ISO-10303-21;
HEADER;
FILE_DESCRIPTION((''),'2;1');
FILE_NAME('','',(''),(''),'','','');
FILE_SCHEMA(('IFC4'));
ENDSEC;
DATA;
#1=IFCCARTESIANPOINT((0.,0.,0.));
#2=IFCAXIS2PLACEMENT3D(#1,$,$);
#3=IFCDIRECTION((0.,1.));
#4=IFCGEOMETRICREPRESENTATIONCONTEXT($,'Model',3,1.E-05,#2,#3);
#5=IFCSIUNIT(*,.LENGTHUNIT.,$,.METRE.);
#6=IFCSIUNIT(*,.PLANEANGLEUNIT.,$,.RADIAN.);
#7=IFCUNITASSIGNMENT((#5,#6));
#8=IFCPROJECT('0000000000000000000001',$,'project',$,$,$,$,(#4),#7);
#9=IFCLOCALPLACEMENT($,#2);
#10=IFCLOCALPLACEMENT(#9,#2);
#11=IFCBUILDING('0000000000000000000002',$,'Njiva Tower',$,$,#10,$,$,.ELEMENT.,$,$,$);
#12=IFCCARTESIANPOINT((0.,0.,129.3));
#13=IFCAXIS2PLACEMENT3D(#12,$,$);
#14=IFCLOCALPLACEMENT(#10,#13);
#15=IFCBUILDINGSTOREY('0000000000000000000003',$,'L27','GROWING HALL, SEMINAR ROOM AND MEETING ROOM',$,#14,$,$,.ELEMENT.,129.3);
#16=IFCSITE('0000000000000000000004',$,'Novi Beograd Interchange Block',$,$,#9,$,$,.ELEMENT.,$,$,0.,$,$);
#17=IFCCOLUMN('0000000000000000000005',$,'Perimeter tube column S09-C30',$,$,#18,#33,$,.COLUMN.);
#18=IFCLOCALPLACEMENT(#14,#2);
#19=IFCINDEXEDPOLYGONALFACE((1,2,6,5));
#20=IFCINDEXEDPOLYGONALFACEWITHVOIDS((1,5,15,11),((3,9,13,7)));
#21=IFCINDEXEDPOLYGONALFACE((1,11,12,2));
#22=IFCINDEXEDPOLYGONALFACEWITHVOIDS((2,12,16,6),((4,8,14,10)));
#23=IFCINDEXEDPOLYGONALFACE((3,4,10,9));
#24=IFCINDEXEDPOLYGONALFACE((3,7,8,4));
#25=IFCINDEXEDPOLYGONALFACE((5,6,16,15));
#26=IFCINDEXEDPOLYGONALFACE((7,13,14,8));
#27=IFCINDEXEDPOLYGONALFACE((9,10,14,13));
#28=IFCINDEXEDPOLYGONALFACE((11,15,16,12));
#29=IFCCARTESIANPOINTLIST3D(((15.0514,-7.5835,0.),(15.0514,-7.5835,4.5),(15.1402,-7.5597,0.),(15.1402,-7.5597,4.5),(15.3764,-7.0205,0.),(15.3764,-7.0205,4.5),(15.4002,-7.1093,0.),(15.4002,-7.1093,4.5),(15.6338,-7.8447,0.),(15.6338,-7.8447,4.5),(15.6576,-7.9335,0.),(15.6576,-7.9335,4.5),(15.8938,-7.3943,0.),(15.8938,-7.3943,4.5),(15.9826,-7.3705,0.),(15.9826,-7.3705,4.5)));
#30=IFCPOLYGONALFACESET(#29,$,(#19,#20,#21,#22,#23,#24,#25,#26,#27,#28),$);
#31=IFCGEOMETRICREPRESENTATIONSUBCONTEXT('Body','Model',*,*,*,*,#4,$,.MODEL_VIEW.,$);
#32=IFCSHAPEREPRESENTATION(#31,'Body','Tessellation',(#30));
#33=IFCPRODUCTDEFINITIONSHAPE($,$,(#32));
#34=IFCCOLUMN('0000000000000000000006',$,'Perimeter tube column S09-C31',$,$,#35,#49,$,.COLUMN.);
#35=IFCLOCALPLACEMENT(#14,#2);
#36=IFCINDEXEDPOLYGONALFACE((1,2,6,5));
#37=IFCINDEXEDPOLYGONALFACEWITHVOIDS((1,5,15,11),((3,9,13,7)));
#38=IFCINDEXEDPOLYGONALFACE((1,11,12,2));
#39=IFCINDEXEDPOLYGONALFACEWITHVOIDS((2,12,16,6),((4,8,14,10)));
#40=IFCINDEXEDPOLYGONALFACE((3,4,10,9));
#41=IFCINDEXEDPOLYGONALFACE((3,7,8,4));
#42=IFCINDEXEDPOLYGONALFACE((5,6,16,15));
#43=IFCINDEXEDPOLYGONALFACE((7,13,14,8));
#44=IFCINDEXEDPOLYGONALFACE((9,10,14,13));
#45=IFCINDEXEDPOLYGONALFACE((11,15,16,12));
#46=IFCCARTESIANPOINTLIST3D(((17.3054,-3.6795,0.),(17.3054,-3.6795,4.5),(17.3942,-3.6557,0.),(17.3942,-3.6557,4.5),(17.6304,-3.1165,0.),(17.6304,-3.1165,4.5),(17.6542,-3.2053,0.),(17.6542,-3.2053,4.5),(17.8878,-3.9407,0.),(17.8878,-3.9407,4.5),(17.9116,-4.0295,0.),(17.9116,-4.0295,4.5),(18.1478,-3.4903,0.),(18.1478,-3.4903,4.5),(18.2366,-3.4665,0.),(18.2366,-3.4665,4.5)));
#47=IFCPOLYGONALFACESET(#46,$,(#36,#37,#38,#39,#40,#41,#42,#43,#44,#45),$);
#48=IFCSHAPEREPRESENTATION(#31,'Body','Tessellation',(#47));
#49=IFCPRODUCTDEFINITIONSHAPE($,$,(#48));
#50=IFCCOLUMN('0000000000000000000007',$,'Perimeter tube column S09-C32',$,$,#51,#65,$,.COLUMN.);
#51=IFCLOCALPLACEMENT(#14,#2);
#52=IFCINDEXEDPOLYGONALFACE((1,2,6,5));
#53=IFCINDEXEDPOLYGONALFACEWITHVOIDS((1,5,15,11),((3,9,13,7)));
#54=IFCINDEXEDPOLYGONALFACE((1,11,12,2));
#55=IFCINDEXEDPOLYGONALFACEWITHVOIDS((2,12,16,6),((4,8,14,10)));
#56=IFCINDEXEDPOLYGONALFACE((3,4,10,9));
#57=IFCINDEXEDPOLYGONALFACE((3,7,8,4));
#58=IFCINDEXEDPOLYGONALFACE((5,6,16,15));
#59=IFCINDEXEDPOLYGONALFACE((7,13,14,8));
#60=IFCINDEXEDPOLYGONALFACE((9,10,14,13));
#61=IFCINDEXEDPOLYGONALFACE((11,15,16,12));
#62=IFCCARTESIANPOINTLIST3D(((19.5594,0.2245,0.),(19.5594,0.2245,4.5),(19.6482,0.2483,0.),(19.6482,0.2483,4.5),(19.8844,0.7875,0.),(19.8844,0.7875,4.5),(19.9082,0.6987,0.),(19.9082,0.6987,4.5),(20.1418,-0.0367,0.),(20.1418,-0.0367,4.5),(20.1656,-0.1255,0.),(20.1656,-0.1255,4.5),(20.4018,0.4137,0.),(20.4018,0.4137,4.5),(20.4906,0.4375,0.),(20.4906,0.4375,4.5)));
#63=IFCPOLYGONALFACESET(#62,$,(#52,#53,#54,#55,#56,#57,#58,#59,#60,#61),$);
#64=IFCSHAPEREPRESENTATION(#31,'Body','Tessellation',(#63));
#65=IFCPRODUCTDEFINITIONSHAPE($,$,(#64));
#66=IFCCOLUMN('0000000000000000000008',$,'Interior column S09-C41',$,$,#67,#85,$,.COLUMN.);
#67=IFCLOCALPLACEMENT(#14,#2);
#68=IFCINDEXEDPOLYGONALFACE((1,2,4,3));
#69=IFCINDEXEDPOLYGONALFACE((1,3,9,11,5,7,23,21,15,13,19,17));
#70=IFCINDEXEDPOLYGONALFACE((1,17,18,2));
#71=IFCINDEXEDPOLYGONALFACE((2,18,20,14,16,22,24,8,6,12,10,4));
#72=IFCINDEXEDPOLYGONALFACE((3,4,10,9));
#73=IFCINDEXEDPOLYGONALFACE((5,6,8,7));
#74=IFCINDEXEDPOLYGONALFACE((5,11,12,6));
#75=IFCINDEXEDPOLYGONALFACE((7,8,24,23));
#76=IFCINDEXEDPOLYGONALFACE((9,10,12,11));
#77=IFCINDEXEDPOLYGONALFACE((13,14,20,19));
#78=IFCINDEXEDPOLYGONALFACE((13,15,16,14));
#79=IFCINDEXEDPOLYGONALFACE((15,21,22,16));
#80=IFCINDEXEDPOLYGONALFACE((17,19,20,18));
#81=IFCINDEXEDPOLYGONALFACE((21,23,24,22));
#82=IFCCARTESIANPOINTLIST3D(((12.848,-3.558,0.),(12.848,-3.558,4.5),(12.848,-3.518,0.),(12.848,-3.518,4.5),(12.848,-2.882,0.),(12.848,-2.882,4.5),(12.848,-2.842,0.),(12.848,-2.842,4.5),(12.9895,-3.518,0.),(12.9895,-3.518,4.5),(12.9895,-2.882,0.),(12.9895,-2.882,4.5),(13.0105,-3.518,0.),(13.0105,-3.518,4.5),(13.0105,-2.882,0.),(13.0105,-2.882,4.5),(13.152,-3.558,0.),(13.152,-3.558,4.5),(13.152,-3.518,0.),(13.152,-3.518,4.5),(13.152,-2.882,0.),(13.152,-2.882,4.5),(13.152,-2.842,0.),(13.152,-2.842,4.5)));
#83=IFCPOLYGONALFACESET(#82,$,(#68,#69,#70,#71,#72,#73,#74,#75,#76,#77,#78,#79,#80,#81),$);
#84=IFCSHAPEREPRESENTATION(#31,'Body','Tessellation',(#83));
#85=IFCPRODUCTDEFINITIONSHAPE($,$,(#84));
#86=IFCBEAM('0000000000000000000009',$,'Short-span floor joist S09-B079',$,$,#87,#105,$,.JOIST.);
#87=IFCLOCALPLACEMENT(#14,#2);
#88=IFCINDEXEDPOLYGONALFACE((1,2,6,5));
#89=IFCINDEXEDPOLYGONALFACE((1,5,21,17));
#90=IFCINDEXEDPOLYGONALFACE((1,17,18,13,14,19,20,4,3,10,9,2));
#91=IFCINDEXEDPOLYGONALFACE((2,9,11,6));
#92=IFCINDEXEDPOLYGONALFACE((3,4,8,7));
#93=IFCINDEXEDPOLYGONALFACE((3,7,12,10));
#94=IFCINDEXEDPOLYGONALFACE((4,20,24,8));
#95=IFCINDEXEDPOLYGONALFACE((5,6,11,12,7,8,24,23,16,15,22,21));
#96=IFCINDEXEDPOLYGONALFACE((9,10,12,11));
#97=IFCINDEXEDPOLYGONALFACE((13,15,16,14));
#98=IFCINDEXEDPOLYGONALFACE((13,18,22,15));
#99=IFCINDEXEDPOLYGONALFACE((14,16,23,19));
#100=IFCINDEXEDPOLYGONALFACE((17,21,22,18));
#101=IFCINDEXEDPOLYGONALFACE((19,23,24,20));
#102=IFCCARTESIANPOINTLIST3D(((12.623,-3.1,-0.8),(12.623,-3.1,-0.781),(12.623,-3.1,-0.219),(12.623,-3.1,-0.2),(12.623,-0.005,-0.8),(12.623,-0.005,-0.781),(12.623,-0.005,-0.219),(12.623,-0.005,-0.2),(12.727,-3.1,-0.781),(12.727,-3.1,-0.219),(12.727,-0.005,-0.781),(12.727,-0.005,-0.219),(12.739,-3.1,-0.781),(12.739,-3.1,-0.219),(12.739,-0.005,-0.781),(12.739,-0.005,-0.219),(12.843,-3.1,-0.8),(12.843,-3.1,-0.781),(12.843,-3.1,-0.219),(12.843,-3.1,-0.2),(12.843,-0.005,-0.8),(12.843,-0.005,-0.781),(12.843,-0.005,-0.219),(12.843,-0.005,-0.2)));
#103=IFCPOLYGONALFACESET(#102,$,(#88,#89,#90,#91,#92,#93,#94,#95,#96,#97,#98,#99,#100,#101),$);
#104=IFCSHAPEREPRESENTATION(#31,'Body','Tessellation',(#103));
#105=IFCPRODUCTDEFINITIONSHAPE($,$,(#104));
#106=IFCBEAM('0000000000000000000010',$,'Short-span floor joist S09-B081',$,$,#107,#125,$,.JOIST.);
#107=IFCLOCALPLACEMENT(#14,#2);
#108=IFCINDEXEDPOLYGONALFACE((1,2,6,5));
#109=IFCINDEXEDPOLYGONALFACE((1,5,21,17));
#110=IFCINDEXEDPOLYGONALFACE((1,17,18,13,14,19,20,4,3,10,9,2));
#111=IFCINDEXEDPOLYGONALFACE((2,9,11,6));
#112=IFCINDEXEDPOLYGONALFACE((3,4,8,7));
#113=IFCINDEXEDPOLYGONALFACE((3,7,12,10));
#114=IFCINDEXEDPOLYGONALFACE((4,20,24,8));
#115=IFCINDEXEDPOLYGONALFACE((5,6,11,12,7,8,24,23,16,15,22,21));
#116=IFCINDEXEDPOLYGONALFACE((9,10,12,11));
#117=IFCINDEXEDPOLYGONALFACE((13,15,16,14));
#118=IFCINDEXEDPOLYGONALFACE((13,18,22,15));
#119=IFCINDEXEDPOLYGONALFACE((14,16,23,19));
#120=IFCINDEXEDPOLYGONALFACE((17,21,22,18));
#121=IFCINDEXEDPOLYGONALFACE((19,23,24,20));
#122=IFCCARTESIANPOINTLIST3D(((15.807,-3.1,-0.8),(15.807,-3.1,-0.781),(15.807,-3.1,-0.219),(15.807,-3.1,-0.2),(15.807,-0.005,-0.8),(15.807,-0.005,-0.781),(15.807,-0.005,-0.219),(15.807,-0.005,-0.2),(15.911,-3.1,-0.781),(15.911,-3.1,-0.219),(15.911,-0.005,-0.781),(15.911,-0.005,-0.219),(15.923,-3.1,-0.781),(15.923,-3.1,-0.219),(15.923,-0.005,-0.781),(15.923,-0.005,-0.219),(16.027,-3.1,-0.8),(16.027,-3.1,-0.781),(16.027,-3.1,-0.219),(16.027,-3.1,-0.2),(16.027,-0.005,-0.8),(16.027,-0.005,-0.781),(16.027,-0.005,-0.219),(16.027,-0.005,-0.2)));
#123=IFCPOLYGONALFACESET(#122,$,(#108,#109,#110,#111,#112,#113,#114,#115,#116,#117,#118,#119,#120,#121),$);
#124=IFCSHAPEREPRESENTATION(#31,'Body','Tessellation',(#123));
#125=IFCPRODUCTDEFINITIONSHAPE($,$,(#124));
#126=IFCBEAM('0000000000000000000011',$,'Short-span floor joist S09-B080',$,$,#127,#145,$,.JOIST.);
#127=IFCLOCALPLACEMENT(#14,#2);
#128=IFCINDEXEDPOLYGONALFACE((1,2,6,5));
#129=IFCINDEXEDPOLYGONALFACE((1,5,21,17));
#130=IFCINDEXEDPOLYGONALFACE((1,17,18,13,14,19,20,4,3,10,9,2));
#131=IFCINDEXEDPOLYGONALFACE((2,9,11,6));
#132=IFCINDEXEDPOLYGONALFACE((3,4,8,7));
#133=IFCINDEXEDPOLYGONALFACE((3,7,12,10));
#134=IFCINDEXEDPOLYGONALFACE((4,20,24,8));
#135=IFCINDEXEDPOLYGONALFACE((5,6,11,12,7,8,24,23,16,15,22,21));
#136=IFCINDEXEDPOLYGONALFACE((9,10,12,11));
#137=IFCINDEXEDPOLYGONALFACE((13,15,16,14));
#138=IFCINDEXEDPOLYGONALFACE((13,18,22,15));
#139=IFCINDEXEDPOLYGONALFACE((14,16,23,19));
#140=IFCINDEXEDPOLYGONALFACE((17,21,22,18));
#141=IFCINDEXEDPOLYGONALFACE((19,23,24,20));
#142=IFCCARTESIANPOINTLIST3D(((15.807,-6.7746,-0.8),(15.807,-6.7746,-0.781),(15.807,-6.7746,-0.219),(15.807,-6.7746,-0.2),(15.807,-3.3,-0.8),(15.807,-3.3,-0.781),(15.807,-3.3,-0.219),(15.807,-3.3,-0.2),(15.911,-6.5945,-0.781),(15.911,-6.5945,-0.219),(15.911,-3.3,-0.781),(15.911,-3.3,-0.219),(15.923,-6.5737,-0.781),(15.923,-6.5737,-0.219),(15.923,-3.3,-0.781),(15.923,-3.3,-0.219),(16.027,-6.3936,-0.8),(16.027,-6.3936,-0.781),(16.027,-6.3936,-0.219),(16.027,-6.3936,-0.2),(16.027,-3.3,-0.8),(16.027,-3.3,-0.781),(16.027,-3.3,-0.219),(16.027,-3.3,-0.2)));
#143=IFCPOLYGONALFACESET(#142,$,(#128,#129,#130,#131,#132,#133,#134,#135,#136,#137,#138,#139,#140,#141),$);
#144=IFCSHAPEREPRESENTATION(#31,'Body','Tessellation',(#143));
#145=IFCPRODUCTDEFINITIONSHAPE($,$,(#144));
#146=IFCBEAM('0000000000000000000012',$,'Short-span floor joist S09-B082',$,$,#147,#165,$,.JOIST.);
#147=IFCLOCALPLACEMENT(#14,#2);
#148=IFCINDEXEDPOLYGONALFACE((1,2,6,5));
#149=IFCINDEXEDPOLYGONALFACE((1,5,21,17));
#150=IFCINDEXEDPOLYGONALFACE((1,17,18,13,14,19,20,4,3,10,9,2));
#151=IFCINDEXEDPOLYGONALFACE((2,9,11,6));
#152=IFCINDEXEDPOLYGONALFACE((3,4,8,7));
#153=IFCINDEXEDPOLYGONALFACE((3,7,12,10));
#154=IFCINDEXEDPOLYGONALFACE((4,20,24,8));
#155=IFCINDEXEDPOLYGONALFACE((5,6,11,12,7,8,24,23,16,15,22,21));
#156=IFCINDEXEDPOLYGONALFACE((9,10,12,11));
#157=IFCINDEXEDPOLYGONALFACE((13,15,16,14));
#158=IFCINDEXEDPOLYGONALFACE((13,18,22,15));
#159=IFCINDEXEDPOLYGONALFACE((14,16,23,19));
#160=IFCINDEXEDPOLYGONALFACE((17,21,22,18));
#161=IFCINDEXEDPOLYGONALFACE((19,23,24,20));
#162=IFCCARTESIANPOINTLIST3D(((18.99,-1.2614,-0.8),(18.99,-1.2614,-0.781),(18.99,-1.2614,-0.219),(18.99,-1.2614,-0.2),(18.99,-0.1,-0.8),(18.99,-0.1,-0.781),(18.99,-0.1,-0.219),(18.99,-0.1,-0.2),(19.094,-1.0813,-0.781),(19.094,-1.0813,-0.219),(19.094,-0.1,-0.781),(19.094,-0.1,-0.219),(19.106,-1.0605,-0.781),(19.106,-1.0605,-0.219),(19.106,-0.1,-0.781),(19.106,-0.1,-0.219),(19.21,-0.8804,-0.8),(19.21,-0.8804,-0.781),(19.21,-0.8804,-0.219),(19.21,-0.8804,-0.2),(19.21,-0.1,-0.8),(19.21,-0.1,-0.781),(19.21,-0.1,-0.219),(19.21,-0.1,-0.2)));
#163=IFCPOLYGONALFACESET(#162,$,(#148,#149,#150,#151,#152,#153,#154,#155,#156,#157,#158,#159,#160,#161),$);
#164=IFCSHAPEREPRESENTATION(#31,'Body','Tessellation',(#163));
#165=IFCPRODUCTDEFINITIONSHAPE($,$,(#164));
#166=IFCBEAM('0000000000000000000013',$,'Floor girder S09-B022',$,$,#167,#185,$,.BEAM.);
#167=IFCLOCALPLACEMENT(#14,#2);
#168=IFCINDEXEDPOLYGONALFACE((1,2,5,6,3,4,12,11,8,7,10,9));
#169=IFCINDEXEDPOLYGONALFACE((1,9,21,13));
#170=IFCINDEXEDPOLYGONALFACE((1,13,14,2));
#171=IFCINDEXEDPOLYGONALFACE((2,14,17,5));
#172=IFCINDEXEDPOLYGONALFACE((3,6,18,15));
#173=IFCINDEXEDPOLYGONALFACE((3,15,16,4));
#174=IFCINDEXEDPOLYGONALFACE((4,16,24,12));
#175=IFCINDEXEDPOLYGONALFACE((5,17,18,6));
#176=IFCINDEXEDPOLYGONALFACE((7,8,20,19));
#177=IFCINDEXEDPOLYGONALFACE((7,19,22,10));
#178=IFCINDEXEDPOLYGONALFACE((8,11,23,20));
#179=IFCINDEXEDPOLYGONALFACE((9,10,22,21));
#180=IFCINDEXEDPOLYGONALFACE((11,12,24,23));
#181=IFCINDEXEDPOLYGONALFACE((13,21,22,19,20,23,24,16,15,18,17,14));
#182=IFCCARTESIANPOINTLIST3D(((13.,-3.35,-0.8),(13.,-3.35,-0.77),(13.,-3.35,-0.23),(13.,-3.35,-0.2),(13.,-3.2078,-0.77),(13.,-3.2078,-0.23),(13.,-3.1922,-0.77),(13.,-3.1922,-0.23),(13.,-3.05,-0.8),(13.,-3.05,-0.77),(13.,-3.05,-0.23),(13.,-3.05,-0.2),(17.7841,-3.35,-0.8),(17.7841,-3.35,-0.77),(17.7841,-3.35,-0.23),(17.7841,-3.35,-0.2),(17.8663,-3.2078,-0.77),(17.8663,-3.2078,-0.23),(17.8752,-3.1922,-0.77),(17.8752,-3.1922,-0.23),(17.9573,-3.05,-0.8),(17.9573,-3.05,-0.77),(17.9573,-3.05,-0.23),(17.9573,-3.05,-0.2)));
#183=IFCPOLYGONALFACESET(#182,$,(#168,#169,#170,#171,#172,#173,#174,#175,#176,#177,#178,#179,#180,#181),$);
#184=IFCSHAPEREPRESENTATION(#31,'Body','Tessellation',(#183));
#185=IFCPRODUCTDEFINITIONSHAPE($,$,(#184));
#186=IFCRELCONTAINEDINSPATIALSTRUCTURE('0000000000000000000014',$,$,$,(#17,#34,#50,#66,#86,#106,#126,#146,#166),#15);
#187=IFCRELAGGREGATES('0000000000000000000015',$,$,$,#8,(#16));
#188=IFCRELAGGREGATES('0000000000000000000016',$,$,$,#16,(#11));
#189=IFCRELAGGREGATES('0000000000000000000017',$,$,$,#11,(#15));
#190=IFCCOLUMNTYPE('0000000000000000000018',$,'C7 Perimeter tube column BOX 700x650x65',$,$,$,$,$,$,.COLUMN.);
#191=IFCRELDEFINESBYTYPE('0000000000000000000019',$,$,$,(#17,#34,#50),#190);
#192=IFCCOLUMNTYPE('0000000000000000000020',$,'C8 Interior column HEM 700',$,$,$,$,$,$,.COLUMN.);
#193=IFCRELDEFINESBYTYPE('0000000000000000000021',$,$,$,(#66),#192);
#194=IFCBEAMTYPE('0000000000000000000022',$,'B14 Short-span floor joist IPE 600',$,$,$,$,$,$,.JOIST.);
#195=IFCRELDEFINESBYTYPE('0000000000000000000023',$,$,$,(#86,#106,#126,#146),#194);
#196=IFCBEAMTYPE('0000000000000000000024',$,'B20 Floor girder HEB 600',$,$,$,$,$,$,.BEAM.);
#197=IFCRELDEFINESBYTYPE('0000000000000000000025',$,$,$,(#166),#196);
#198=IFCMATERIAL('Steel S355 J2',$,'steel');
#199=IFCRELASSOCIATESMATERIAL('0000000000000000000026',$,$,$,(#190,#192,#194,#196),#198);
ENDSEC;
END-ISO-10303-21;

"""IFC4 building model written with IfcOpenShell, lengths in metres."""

from ifc_helpers import new_model, si_unit, direction, frame, origin, origin_2d, place, context, subcontext, project, spatial, hollow_rectangle, i_section, extrude, clip, halfspace, material, material_profile, profile_set, type_object, element, save


model = new_model("IFC4")

# Units and contexts
model_context = context("Model", 3, precision=1e-05, world=origin(), true_north=direction((0.0, 1.0)))
body_context = subcontext(model_context, "Body", "Model", "MODEL_VIEW")
ifc_project = project(units=[si_unit("LENGTHUNIT", "METRE"), si_unit("PLANEANGLEUNIT", "RADIAN")], contexts=[model_context])

# Site, building, storey
site_placement = place(None, origin())
site = spatial("IfcSite", under=ifc_project, at=site_placement, Name="Novi Beograd Interchange Block", CompositionType="ELEMENT", RefElevation=0.0)
building_placement = place(site_placement, origin())
building = spatial("IfcBuilding", under=site, at=building_placement, Name="Njiva Tower", CompositionType="ELEMENT")
storey_placement = place(building_placement, frame((0.0, 0.0, 129.3)))
storey = spatial("IfcBuildingStorey", under=building, at=storey_placement, Name="L27", Description="GROWING HALL, SEMINAR ROOM AND MEETING ROOM", CompositionType="ELEMENT", Elevation=129.3)

# Columns
ifc_material_1 = material(Name="Steel S355 J2", Category="steel")
ifc_material_profile_1 = material_profile(ifc_material_1, hollow_rectangle(XDim=0.65, YDim=0.7, WallThickness=0.065, at=origin_2d()), Name="BOX 700x650x65")
ifc_profile_set_1 = profile_set([ifc_material_profile_1], Name="Steel S355 J2")
column_type_1 = type_object("IfcColumnType", Name="C7 Perimeter tube column BOX 700x650x65", PredefinedType="COLUMN", material=ifc_profile_set_1)
for number, where, z_axis, x_axis, name in (
    (1, (15.517, -7.477, 0.0), (0.0, 0.0, 1.0), (0.5, 0.866025, 0.0), "Perimeter tube column S09-C30"),
    (2, (17.771, -3.573, 0.0), (0.0, 0.0, 1.0), (0.5, 0.866025, 0.0), "Perimeter tube column S09-C31"),
    (3, (20.025, 0.331, 0.0), (0.0, 0.0, 1.0), (0.5, 0.866025, 0.0), "Perimeter tube column S09-C32"),
):
    element("IfcColumn", number, at=place(storey_placement, frame(where, z_axis=z_axis, x_axis=x_axis)), inside=storey, type_object=column_type_1, Name=name, PredefinedType="COLUMN", context=body_context, shape_type="SweptSolid", body=[
        extrude(hollow_rectangle(XDim=0.65, YDim=0.7, WallThickness=0.065, at=origin_2d()), origin(), (0.0, 0.0, 1.0), 4.5),
    ])
ifc_material_profile_2 = material_profile(ifc_material_1, i_section(OverallWidth=0.304, OverallDepth=0.716, WebThickness=0.021, FlangeThickness=0.04, at=origin_2d()), Name="HEM 700")
ifc_profile_set_2 = profile_set([ifc_material_profile_2], Name="Steel S355 J2")
column_type_2 = type_object("IfcColumnType", Name="C8 Interior column HEM 700", PredefinedType="COLUMN", material=ifc_profile_set_2)
column_placement = place(storey_placement, frame((13.0, -3.2, 0.0), z_axis=(0.0, 0.0, 1.0), x_axis=(1.0, 0.0, 0.0)))
element("IfcColumn", 4, at=column_placement, inside=storey, type_object=column_type_2, Name="Interior column S09-C41", PredefinedType="COLUMN", context=body_context, shape_type="SweptSolid", body=[
    extrude(i_section(OverallWidth=0.304, OverallDepth=0.716, WebThickness=0.021, FlangeThickness=0.04, at=origin_2d()), origin(), (0.0, 0.0, 1.0), 4.5),
])

# Beams
ifc_material_profile_3 = material_profile(ifc_material_1, i_section(OverallWidth=0.22, OverallDepth=0.6, WebThickness=0.012, FlangeThickness=0.019, at=origin_2d()), Name="IPE 600")
ifc_profile_set_3 = profile_set([ifc_material_profile_3], Name="Steel S355 J2")
beam_type_1 = type_object("IfcBeamType", Name="B14 Short-span floor joist IPE 600", PredefinedType="JOIST", material=ifc_profile_set_3)
for number, where, z_axis, x_axis, name in (
    (5, (12.733, -0.005, -0.5), (0.0, -1.0, 0.0), (1.0, 0.0, 0.0), "Short-span floor joist S09-B079"),
    (6, (15.917, -0.005, -0.5), (0.0, -1.0, 0.0), (1.0, 0.0, 0.0), "Short-span floor joist S09-B081"),
):
    element("IfcBeam", number, at=place(storey_placement, frame(where, z_axis=z_axis, x_axis=x_axis)), inside=storey, type_object=beam_type_1, Name=name, PredefinedType="JOIST", context=body_context, shape_type="SweptSolid", body=[
        extrude(i_section(OverallWidth=0.22, OverallDepth=0.6, WebThickness=0.012, FlangeThickness=0.019, at=origin_2d()), origin(), (0.0, 0.0, 1.0), 3.095),
    ])
beam_1_placement = place(storey_placement, frame((15.917, -3.3, -0.5), z_axis=(0.0, -1.0, 0.0), x_axis=(1.0, 0.0, 0.0)))
element("IfcBeam", 7, at=beam_1_placement, inside=storey, type_object=beam_type_1, Name="Short-span floor joist S09-B080", PredefinedType="JOIST", context=body_context, shape_type="Clipping", body=[
    clip(extrude(i_section(OverallWidth=0.22, OverallDepth=0.6, WebThickness=0.012, FlangeThickness=0.019, at=origin_2d()), origin(), (0.0, 0.0, 1.0), 3.496), halfspace(frame((0.043, 0.0, 3.2096), z_axis=(0.866027, 0.0, 0.499998), x_axis=(0.0, 1.0, 0.0)), False)),
])
beam_2_placement = place(storey_placement, frame((19.1, -0.1, -0.5), z_axis=(0.0, -1.0, 0.0), x_axis=(1.0, 0.0, 0.0)))
element("IfcBeam", 8, at=beam_2_placement, inside=storey, type_object=beam_type_1, Name="Short-span floor joist S09-B082", PredefinedType="JOIST", context=body_context, shape_type="Clipping", body=[
    clip(extrude(i_section(OverallWidth=0.22, OverallDepth=0.6, WebThickness=0.012, FlangeThickness=0.019, at=origin_2d()), origin(), (0.0, 0.0, 1.0), 1.182), halfspace(frame((0.0433, 0.0, 0.8959), z_axis=(0.866027, 0.0, 0.499998), x_axis=(0.0, 1.0, 0.0)), False)),
])
ifc_material_profile_4 = material_profile(ifc_material_1, i_section(OverallWidth=0.3, OverallDepth=0.6, WebThickness=0.0155, FlangeThickness=0.03, at=origin_2d()), Name="HEB 600")
ifc_profile_set_4 = profile_set([ifc_material_profile_4], Name="Steel S355 J2")
beam_type_2 = type_object("IfcBeamType", Name="B20 Floor girder HEB 600", PredefinedType="BEAM", material=ifc_profile_set_4)
beam_3_placement = place(storey_placement, frame((13.0, -3.2, -0.5), z_axis=(1.0, 0.0, 0.0), x_axis=(0.0, 1.0, 0.0)))
element("IfcBeam", 9, at=beam_3_placement, inside=storey, type_object=beam_type_2, Name="Floor girder S09-B022", PredefinedType="BEAM", context=body_context, shape_type="Clipping", body=[
    clip(extrude(i_section(OverallWidth=0.3, OverallDepth=0.6, WebThickness=0.0155, FlangeThickness=0.03, at=origin_2d()), origin(), (0.0, 0.0, 1.0), 4.978), halfspace(frame((-0.025, 0.0, 4.8563), z_axis=(-0.499998, 0.0, 0.866027), x_axis=(0.0, 1.0, 0.0)), False)),
])

save(model, "model.ifc")
